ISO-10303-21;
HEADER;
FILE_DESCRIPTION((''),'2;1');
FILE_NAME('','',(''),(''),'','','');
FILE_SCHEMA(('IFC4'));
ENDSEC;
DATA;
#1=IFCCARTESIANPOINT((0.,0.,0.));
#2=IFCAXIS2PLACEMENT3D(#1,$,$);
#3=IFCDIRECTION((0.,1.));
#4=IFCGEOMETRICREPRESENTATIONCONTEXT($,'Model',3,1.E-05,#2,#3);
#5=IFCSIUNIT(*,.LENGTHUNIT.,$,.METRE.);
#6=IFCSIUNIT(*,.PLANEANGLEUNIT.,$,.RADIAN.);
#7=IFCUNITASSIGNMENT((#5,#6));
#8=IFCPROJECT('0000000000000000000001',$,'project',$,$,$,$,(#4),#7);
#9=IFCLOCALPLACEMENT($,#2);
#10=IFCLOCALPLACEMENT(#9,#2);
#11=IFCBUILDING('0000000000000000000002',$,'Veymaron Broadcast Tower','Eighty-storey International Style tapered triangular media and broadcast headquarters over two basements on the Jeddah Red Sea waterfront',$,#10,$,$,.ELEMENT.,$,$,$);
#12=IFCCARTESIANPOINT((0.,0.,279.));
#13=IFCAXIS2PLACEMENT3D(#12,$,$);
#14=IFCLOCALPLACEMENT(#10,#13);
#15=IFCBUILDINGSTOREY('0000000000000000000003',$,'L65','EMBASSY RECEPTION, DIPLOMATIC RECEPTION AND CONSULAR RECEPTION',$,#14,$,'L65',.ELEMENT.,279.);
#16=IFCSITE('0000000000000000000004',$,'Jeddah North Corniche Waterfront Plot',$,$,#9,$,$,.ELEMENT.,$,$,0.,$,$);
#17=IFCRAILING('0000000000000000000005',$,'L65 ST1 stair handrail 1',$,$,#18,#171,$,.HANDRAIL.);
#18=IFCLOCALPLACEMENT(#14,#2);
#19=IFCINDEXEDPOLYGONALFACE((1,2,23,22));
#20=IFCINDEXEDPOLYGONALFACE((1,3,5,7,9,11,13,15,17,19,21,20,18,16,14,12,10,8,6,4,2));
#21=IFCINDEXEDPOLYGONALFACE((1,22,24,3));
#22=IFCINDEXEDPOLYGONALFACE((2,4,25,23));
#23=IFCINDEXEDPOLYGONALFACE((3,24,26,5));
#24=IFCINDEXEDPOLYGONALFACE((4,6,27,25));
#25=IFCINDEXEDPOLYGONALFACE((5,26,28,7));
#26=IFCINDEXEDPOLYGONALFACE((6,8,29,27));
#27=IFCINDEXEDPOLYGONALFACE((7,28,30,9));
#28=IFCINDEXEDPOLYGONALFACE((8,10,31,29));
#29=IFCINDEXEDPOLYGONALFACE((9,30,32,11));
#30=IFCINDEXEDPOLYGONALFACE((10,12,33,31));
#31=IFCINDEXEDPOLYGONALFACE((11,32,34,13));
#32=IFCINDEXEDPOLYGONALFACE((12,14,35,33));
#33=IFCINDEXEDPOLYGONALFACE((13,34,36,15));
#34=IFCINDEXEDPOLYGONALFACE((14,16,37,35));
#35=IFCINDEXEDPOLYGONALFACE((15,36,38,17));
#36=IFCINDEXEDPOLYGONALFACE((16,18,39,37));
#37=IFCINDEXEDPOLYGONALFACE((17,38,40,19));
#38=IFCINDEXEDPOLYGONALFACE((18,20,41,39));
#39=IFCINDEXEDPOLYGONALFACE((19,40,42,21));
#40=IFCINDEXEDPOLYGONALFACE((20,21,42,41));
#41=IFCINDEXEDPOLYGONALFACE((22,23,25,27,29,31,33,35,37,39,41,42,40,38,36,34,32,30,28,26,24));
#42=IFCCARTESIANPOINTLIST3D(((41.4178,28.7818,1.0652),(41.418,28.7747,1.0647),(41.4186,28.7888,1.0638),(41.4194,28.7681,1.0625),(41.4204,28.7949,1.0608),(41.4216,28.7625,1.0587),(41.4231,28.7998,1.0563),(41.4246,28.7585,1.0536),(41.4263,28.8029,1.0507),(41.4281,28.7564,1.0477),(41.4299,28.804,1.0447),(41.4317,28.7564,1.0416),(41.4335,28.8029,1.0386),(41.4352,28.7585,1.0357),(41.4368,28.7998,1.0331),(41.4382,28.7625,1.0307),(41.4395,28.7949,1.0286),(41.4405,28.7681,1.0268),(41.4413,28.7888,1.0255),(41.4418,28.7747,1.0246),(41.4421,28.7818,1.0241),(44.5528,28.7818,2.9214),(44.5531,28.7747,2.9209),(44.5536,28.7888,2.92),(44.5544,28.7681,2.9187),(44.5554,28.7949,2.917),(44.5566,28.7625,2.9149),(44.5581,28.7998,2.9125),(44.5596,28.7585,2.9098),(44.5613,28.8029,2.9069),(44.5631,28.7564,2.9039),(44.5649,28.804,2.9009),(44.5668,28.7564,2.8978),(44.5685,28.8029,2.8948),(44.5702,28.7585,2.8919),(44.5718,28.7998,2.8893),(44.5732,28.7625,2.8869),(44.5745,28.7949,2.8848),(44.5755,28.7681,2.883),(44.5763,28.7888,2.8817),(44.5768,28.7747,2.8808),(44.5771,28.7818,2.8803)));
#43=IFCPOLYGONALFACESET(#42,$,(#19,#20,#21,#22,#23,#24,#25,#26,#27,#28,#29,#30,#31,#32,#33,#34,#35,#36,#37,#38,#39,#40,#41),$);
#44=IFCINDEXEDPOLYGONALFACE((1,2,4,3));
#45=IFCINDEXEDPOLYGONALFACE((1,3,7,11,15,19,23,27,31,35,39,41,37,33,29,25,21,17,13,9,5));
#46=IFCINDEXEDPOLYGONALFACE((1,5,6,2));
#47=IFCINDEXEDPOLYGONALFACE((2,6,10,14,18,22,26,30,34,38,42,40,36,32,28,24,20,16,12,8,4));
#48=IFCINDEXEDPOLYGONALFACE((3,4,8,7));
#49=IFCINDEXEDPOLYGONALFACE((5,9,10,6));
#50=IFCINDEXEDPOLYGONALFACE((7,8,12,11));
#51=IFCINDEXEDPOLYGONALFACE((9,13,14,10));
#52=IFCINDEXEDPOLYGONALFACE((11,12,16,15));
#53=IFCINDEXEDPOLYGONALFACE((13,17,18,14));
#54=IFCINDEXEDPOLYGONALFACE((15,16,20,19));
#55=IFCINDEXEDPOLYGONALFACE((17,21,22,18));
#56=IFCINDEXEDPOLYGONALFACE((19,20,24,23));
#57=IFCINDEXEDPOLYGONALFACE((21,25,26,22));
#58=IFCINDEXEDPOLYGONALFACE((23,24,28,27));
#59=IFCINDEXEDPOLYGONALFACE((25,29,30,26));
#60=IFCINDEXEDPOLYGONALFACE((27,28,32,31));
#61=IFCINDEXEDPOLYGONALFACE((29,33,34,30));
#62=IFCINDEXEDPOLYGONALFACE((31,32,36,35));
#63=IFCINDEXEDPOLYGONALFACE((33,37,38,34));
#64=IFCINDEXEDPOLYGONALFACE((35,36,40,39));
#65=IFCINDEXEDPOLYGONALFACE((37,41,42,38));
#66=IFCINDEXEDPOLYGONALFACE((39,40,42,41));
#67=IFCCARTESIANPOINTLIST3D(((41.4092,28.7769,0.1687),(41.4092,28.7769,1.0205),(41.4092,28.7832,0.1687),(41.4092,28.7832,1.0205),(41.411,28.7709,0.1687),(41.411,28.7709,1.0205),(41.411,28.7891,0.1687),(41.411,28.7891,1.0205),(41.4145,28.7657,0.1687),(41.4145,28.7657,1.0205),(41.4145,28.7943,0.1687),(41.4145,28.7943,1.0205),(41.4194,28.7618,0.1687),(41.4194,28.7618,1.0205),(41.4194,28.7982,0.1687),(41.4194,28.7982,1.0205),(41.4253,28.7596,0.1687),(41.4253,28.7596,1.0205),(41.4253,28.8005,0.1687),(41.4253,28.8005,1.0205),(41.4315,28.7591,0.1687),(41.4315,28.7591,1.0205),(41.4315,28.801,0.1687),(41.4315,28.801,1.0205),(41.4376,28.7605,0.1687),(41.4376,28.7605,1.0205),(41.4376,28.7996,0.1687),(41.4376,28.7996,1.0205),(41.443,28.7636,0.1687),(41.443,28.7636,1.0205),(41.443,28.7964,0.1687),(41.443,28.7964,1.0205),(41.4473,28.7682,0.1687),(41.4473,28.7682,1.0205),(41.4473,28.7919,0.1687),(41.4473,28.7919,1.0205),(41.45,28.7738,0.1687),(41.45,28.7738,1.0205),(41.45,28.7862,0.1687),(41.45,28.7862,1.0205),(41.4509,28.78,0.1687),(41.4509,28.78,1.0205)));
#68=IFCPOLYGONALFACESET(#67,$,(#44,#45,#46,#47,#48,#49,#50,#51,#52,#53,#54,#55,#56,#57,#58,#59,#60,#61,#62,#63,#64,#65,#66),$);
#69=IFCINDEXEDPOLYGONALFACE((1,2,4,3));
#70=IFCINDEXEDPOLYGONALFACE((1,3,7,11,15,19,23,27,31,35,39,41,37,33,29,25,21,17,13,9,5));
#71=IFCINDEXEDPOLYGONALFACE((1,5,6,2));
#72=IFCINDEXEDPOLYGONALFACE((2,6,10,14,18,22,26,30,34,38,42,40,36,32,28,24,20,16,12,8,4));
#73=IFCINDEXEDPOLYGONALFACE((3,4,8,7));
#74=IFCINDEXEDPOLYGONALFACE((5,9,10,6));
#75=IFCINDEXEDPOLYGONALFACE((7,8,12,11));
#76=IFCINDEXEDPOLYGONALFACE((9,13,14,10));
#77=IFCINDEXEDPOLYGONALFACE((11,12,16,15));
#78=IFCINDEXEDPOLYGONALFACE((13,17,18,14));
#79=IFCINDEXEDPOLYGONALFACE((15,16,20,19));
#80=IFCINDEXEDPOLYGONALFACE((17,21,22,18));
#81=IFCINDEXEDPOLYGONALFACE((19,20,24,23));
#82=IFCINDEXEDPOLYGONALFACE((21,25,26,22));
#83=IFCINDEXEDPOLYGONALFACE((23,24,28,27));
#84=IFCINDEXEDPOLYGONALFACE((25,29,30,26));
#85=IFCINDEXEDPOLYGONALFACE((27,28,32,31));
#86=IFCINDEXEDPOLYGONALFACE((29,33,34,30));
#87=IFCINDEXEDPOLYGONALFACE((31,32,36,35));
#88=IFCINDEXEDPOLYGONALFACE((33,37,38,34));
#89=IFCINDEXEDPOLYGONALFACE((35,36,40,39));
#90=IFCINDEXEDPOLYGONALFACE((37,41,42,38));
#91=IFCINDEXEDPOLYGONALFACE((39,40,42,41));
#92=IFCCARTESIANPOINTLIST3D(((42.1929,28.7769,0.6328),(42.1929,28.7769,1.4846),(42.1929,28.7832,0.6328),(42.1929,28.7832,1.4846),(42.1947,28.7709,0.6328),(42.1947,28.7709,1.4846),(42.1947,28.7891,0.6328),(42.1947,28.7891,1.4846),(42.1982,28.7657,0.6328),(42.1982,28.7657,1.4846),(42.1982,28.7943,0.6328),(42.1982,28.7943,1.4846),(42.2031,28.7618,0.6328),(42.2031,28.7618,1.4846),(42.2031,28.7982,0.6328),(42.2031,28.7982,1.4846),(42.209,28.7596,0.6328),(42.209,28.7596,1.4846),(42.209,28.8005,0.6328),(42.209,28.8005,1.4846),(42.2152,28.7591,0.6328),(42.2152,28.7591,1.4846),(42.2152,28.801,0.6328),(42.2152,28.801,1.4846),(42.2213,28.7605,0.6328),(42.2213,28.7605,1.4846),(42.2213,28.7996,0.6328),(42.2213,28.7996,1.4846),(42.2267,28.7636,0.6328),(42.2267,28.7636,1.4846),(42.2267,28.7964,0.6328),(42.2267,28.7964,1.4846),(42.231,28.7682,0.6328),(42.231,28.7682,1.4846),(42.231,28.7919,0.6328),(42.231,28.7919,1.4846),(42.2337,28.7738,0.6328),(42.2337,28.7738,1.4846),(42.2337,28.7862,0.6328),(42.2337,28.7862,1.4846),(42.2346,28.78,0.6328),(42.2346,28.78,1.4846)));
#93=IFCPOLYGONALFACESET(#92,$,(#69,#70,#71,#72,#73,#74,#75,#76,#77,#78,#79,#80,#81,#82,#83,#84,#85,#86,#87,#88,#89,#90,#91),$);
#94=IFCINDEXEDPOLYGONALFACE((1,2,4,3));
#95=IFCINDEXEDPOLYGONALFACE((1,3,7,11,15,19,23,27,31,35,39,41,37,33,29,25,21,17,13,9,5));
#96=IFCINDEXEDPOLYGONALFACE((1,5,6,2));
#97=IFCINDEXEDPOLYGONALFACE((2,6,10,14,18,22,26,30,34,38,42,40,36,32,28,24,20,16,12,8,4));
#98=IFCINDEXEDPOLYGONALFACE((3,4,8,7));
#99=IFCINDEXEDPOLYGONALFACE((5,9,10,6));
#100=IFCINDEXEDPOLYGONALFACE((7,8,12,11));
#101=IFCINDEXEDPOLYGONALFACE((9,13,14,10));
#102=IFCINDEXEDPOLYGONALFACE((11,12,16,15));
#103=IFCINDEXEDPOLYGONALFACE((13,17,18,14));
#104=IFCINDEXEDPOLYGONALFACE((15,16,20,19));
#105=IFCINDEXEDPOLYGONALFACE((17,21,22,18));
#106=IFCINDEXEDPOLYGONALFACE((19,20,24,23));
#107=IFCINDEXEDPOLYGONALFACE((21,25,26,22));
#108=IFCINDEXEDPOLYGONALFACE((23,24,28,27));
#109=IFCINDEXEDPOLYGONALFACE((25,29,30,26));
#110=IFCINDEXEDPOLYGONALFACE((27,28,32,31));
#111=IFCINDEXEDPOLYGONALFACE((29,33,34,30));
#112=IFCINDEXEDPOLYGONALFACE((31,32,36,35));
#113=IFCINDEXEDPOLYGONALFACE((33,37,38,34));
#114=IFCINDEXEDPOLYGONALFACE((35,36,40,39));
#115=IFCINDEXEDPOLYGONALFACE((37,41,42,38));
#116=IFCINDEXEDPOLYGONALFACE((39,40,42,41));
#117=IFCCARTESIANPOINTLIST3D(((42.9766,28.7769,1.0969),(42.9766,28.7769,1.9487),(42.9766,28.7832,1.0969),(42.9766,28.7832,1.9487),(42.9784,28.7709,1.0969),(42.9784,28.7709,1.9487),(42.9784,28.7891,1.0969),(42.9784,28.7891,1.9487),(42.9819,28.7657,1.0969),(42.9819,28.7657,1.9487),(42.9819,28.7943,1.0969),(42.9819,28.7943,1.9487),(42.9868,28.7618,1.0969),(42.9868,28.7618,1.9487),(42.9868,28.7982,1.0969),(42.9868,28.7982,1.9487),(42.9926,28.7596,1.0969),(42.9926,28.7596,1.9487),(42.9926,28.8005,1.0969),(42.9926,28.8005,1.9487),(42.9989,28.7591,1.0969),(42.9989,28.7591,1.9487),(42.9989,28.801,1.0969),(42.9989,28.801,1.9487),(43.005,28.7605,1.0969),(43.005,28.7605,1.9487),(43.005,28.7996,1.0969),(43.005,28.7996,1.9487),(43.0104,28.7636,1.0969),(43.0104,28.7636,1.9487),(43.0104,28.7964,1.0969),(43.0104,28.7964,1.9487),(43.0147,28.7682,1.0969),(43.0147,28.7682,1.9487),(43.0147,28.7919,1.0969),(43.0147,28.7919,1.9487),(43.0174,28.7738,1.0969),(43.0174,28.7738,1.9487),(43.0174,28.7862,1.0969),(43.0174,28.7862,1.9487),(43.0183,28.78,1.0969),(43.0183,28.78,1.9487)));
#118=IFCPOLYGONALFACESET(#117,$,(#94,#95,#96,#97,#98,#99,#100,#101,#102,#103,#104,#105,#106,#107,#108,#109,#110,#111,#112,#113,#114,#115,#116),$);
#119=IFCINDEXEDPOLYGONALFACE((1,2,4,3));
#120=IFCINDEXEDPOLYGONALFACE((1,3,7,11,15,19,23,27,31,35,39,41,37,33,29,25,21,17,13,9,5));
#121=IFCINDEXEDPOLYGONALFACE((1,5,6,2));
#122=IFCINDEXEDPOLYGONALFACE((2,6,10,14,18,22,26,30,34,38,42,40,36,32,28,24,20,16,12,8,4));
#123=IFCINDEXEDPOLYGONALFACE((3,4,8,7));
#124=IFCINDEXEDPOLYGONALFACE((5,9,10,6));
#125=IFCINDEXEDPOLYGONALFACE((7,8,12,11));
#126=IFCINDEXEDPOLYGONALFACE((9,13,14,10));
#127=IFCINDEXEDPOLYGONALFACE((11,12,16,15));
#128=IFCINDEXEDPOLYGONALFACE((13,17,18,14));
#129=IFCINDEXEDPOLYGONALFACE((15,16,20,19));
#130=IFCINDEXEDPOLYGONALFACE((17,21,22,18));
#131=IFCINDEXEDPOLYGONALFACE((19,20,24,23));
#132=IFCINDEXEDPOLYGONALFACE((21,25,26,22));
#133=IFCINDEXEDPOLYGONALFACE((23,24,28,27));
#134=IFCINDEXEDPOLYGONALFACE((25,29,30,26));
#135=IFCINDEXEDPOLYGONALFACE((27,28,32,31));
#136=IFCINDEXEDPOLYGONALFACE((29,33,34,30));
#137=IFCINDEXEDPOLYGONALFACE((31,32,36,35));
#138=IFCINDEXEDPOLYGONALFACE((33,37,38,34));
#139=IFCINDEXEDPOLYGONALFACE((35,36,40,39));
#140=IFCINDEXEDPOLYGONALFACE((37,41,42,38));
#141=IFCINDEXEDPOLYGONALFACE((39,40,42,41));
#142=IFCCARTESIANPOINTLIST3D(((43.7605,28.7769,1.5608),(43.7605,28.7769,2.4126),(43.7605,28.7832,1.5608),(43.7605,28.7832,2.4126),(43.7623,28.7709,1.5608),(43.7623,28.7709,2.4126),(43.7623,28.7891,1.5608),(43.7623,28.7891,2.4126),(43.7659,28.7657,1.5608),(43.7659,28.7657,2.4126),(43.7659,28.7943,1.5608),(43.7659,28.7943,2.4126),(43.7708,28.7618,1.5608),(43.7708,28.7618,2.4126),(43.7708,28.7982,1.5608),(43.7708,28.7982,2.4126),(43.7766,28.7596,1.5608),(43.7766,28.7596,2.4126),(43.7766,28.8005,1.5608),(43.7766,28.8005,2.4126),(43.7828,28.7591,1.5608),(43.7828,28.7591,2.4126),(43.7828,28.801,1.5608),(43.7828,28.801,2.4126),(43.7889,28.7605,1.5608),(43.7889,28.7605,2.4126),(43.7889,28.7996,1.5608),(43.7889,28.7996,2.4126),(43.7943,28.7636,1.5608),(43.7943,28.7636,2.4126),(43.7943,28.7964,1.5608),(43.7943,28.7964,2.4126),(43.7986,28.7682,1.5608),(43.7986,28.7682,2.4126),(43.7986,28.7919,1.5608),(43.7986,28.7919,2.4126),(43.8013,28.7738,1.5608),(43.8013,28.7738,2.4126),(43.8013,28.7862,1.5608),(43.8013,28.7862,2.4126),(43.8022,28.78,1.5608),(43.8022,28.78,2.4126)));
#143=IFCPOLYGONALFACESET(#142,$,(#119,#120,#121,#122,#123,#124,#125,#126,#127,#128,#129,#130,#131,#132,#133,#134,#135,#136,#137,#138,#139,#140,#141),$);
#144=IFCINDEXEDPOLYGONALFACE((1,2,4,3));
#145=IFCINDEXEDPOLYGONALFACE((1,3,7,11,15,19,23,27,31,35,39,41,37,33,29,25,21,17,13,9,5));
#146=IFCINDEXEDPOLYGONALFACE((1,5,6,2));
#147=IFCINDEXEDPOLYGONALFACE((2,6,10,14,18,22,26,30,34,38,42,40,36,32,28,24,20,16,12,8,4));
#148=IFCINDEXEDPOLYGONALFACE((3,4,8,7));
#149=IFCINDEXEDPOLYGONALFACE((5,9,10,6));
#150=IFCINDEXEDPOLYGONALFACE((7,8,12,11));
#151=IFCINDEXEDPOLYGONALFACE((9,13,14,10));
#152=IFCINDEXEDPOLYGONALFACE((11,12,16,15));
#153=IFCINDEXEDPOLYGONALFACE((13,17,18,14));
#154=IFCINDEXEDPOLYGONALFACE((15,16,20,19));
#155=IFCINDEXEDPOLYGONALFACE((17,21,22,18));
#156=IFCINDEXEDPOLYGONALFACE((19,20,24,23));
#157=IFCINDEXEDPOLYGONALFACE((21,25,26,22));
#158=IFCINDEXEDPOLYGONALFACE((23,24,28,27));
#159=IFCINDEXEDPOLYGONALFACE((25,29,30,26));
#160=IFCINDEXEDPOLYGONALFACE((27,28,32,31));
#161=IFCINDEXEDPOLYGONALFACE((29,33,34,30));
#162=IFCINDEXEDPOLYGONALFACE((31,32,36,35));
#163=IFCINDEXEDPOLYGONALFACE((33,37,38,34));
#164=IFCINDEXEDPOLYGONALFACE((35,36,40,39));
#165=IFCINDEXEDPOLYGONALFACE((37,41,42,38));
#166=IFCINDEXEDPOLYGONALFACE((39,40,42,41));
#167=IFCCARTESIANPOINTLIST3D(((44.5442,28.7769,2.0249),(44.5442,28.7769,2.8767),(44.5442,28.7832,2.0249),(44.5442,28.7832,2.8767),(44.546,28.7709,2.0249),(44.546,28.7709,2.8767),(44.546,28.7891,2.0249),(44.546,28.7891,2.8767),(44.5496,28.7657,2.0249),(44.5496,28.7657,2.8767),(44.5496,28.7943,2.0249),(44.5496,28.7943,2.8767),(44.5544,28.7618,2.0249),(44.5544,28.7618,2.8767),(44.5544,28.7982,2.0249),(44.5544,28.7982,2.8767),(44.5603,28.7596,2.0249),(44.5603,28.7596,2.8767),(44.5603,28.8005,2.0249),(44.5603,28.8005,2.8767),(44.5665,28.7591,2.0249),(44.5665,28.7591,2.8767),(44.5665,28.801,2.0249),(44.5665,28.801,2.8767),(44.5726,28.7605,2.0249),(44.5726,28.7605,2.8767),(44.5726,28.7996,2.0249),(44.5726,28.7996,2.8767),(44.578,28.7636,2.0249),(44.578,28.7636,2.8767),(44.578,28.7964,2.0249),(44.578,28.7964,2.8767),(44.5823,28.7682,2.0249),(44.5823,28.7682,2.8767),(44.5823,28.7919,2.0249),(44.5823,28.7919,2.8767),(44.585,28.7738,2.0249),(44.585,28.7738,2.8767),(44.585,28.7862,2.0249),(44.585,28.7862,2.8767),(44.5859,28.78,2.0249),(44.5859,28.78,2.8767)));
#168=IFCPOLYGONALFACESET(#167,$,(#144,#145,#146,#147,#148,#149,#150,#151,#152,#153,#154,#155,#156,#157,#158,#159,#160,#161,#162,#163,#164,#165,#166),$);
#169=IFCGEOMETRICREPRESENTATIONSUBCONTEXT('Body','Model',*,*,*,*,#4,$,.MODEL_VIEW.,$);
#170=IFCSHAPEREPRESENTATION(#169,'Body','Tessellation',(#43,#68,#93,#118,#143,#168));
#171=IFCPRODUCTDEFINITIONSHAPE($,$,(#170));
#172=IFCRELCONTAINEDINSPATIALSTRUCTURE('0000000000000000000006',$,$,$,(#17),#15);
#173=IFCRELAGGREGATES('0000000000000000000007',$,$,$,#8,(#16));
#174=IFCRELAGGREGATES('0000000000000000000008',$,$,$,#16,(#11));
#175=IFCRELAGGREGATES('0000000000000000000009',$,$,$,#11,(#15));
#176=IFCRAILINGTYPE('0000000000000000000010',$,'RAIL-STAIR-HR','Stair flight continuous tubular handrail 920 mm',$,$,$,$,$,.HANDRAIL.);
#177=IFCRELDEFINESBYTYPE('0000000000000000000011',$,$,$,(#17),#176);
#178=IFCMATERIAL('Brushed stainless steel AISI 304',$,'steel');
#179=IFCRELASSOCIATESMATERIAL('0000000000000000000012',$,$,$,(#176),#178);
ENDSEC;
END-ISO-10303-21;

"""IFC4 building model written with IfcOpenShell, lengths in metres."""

from ifc_helpers import new_model, si_unit, direction, frame, origin, origin_2d, place, context, subcontext, project, spatial, circle, extrude, material, type_object, element, save


model = new_model("IFC4")

# Units and contexts
model_context = context("Model", 3, precision=1e-05, world=origin(), true_north=direction((0.0, 1.0)))
body_context = subcontext(model_context, "Body", "Model", "MODEL_VIEW")
ifc_project = project(units=[si_unit("LENGTHUNIT", "METRE"), si_unit("PLANEANGLEUNIT", "RADIAN")], contexts=[model_context])

# Site, building, storey
site_placement = place(None, origin())
site = spatial("IfcSite", under=ifc_project, at=site_placement, Name="Jeddah North Corniche Waterfront Plot", CompositionType="ELEMENT", RefElevation=0.0)
building_placement = place(site_placement, origin())
building = spatial("IfcBuilding", under=site, at=building_placement, Name="Veymaron Broadcast Tower", Description="Eighty-storey International Style tapered triangular media and broadcast headquarters over two basements on the Jeddah Red Sea waterfront", CompositionType="ELEMENT")
storey_placement = place(building_placement, frame((0.0, 0.0, 279.0)))
storey = spatial("IfcBuildingStorey", under=building, at=storey_placement, Name="L65", Description="EMBASSY RECEPTION, DIPLOMATIC RECEPTION AND CONSULAR RECEPTION", LongName="L65", CompositionType="ELEMENT", Elevation=279.0)

# Railing
ifc_material_1 = material(Name="Brushed stainless steel AISI 304", Category="steel")
railing_type_1 = type_object("IfcRailingType", Name="RAIL-STAIR-HR", Description="Stair flight continuous tubular handrail 920 mm", PredefinedType="HANDRAIL", material=ifc_material_1)
railing_1_placement = place(storey_placement, frame((41.4299, 28.78, 0.1687)))
element("IfcRailing", 1, at=railing_1_placement, inside=storey, type_object=railing_type_1, Name="L65 ST1 stair handrail 1", PredefinedType="HANDRAIL", context=body_context, shape_type="SweptSolid", body=[
    extrude(circle(Radius=0.0239, at=origin_2d()), frame((0.0, 0.0, 0.876), z_axis=(0.860482, 0.0, 0.509481), x_axis=(0.0, 1.0, 0.0)), (0.0, 0.0, 1.0), 3.6433),
    extrude(circle(Radius=0.021, at=origin_2d()), origin(), (0.0, 0.0, 1.0), 0.8518),
    extrude(circle(Radius=0.021, at=origin_2d()), frame((0.7837, 0.0, 0.4641)), (0.0, 0.0, 1.0), 0.8518),
    extrude(circle(Radius=0.021, at=origin_2d()), frame((1.5674, 0.0, 0.9282)), (0.0, 0.0, 1.0), 0.8518),
    extrude(circle(Radius=0.021, at=origin_2d()), frame((2.3513, 0.0, 1.3921)), (0.0, 0.0, 1.0), 0.8518),
    extrude(circle(Radius=0.021, at=origin_2d()), frame((3.135, 0.0, 1.8562)), (0.0, 0.0, 1.0), 0.8518),
])

save(model, "model.ifc")
